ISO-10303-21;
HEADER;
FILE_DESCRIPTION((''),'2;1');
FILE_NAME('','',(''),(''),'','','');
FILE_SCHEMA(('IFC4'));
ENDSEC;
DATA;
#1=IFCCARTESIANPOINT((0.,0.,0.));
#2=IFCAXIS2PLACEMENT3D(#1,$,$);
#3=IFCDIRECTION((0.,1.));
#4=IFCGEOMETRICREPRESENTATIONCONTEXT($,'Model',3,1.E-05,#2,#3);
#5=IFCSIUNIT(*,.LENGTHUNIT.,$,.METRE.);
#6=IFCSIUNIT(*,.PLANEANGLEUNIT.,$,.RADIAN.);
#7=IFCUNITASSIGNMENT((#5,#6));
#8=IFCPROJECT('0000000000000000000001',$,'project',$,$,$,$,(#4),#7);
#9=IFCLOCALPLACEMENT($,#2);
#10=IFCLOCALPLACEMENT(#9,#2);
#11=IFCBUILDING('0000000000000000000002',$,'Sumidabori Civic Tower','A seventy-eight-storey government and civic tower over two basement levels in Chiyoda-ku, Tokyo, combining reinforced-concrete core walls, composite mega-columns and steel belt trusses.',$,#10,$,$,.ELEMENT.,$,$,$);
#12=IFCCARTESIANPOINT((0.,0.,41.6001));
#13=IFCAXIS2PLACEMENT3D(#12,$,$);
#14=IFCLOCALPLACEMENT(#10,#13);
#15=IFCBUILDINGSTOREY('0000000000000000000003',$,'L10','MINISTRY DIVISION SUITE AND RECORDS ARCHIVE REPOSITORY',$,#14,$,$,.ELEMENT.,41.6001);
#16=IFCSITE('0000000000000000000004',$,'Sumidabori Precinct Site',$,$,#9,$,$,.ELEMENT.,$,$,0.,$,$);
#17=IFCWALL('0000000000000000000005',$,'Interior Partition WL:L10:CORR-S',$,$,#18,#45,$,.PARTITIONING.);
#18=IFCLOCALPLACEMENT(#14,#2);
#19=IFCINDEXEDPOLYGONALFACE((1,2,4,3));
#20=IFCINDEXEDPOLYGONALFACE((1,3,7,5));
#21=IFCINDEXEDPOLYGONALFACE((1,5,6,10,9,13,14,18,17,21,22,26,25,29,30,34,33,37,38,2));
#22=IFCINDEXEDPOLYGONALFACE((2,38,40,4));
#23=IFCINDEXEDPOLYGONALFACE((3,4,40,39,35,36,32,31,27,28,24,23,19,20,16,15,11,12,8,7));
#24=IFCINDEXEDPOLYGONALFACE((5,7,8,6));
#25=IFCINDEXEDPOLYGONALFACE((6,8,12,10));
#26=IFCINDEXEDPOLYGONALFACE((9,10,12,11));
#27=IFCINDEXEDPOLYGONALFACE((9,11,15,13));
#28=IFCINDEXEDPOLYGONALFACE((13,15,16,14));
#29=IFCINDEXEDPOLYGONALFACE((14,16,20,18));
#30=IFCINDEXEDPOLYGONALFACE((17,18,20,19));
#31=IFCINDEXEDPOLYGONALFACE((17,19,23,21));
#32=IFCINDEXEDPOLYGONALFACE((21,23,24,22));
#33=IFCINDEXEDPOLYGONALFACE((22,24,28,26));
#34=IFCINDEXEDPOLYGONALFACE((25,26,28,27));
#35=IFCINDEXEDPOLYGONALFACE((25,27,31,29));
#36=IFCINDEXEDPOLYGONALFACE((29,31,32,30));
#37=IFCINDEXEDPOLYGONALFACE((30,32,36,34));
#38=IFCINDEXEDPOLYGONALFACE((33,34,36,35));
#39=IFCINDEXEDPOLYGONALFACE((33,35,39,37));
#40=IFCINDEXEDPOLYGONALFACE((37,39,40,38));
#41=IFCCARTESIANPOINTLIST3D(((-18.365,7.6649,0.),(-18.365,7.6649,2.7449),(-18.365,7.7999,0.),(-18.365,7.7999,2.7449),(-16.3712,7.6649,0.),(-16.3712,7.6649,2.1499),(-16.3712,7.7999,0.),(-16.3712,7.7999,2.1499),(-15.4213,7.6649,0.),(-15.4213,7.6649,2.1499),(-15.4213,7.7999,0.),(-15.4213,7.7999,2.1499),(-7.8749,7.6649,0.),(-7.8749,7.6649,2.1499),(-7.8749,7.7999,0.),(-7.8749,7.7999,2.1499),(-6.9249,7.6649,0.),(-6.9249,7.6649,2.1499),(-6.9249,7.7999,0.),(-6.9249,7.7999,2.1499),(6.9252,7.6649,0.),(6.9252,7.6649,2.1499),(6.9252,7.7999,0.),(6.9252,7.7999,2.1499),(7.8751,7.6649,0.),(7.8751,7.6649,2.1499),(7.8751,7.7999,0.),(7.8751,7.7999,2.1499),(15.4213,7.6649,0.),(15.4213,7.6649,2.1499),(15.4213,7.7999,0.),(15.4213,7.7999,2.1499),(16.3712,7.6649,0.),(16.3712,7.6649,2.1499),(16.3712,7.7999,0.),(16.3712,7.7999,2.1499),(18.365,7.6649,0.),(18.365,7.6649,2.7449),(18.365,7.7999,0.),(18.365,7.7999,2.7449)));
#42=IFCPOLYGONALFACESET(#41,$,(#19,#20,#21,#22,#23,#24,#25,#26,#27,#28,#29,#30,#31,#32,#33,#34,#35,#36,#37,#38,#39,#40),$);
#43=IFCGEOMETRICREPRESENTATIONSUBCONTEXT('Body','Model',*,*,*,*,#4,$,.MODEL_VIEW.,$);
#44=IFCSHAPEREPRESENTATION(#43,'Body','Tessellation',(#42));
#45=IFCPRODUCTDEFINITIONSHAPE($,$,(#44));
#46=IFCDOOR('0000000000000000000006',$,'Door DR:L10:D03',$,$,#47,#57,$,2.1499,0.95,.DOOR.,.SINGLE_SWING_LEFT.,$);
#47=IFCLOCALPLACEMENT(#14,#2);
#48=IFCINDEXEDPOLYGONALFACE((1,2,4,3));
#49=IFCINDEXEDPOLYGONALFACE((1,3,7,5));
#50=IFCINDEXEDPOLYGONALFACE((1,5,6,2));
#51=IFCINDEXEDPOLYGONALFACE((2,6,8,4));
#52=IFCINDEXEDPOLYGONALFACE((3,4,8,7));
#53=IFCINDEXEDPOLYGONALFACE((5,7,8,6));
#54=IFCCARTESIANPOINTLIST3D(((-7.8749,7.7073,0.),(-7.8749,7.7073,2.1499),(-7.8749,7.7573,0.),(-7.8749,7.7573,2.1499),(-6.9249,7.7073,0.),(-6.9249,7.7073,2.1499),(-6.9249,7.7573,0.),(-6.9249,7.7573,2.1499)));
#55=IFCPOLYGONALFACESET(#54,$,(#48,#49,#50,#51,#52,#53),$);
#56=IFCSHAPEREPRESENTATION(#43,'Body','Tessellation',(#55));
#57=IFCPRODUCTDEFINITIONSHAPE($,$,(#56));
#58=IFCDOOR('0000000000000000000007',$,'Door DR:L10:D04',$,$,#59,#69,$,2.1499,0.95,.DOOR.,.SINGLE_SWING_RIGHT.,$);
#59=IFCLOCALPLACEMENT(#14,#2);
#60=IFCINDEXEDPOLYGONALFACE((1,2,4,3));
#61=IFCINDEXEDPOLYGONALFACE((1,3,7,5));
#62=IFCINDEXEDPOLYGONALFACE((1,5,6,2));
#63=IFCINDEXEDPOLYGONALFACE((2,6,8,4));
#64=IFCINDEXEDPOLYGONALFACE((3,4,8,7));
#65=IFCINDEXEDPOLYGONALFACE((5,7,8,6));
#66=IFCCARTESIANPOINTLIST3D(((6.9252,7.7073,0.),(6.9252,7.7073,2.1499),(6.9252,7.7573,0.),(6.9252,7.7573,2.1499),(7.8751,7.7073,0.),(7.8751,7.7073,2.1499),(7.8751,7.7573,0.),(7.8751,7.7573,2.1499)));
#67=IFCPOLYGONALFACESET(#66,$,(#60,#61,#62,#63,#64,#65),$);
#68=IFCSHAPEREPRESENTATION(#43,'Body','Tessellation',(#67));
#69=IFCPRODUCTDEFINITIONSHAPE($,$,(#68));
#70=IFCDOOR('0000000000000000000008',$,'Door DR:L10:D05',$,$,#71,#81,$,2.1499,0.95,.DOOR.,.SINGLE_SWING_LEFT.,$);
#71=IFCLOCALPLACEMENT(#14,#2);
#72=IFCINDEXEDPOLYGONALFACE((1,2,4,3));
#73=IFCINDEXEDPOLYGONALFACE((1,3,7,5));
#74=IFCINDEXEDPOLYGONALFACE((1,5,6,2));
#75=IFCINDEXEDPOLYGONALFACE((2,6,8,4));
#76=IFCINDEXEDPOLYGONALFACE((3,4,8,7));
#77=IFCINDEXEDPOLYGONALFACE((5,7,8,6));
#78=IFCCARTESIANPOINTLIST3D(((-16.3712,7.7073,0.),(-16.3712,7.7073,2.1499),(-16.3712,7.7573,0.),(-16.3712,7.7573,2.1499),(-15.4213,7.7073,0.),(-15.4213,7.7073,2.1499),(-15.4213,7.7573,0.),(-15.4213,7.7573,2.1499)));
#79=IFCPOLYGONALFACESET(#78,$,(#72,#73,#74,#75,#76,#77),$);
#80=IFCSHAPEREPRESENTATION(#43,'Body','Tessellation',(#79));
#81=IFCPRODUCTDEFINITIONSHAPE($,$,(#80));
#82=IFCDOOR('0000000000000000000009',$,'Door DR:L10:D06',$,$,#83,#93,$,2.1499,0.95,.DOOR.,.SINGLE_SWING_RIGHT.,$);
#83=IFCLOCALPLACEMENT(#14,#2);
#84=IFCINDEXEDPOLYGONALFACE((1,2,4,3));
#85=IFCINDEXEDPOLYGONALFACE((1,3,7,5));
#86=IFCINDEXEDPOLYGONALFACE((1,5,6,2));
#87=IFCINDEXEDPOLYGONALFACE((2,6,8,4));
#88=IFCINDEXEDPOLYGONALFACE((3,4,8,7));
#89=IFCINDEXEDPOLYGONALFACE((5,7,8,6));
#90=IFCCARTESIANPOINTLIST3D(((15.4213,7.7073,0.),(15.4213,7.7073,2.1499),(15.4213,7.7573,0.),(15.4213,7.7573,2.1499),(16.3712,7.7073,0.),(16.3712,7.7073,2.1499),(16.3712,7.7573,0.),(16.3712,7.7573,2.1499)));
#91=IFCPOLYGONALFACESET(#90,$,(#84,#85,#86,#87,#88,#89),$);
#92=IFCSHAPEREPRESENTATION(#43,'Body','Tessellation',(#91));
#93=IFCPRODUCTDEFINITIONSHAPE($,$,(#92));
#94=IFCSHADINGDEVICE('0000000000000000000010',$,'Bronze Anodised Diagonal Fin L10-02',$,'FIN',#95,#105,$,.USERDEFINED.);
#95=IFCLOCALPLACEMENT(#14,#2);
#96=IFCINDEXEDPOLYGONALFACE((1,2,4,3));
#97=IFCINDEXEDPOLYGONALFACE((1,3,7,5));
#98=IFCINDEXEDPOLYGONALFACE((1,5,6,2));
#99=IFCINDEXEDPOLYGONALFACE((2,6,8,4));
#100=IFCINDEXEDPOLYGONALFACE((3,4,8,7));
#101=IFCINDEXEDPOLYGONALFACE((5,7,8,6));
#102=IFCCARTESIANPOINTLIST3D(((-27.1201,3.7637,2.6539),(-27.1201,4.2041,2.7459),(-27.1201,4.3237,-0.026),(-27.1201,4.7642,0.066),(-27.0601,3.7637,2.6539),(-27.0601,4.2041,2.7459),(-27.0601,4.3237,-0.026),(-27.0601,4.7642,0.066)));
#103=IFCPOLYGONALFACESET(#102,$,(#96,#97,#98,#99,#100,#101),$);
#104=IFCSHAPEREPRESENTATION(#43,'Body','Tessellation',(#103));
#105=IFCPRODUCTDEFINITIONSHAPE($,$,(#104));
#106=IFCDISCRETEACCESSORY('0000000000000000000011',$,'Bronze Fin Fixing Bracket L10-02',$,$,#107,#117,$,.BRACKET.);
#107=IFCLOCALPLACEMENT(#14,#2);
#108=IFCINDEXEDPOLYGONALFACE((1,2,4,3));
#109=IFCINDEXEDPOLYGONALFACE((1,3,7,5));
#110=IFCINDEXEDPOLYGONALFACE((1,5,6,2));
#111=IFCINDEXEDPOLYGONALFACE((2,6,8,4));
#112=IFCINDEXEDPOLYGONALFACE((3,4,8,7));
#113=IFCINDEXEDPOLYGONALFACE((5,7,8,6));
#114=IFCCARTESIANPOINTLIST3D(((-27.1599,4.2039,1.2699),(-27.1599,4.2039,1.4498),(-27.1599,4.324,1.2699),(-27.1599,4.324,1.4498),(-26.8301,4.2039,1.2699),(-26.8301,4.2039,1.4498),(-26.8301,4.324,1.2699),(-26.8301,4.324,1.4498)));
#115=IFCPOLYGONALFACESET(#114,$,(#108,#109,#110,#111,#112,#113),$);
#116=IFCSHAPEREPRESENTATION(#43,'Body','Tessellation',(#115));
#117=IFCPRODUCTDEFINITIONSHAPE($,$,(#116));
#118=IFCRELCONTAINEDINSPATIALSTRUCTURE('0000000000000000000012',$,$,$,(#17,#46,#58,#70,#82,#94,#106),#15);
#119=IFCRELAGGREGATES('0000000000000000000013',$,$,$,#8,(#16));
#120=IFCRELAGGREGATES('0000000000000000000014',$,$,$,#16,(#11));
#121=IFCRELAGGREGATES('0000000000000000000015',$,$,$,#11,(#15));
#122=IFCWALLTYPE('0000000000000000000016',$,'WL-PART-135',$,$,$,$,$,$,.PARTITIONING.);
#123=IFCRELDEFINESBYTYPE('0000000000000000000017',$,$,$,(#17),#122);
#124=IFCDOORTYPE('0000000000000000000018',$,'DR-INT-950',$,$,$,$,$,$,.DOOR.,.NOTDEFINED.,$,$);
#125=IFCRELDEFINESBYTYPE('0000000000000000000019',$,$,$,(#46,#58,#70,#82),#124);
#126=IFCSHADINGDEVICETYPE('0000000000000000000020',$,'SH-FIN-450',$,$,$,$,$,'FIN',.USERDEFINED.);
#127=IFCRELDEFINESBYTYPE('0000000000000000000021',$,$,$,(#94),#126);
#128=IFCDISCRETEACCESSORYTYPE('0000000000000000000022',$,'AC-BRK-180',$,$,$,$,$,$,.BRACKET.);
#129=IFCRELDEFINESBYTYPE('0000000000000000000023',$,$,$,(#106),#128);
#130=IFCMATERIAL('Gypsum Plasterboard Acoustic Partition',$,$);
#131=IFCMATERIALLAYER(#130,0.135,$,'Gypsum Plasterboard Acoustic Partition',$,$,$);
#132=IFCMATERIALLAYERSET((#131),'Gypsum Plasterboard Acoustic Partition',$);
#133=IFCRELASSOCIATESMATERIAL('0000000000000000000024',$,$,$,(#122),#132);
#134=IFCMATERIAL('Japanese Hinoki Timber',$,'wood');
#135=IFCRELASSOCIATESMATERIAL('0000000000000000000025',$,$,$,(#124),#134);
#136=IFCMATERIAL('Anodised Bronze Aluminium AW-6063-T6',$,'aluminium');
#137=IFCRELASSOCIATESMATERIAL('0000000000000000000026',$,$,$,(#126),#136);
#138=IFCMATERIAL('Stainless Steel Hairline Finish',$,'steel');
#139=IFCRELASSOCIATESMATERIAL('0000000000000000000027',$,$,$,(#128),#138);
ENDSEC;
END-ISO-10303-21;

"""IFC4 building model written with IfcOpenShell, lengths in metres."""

from ifc_helpers import new_model, si_unit, direction, frame, frame_2d, origin, origin_2d, place, context, subcontext, project, spatial, rectangle, extrude, source, transform, mapped, material, layer, layer_set, material_profile, profile_set, type_object, element, fill, save


model = new_model("IFC4")

# Units and contexts
model_context = context("Model", 3, precision=1e-05, world=origin(), true_north=direction((0.0, 1.0)))
body_context = subcontext(model_context, "Body", "Model", "MODEL_VIEW")
ifc_project = project(units=[si_unit("LENGTHUNIT", "METRE"), si_unit("PLANEANGLEUNIT", "RADIAN")], contexts=[model_context])

# Site, building, storey
site_placement = place(None, origin())
site = spatial("IfcSite", under=ifc_project, at=site_placement, Name="Sumidabori Precinct Site", CompositionType="ELEMENT", RefElevation=0.0)
building_placement = place(site_placement, origin())
building = spatial("IfcBuilding", under=site, at=building_placement, Name="Sumidabori Civic Tower", Description="A seventy-eight-storey government and civic tower over two basement levels in Chiyoda-ku, Tokyo, combining reinforced-concrete core walls, composite mega-columns and steel belt trusses.", CompositionType="ELEMENT")
storey_placement = place(building_placement, frame((0.0, 0.0, 41.6001)))
storey = spatial("IfcBuildingStorey", under=building, at=storey_placement, Name="L10", Description="MINISTRY DIVISION SUITE AND RECORDS ARCHIVE REPOSITORY", CompositionType="ELEMENT", Elevation=41.6001)

# Shared definitions
ifc_material_1 = material(Name="Anodised Bronze Aluminium AW-6063-T6", Category="aluminium")

# Shared definitions
ifc_material_2 = material(Name="Gypsum Plasterboard Acoustic Partition")
ifc_layer_1 = layer(ifc_material_2, 0.135, Name="Gypsum Plasterboard Acoustic Partition")
ifc_layer_set_1 = layer_set([ifc_layer_1], Name="Gypsum Plasterboard Acoustic Partition")
wall_type = type_object("IfcWallType", Name="WL-PART-135", PredefinedType="PARTITIONING", material=ifc_layer_set_1)
ifc_material_3 = material(Name="Japanese Hinoki Timber", Category="wood")
door_type = type_object("IfcDoorType", Name="DR-INT-950", OperationType="NOTDEFINED", PredefinedType="DOOR", material=ifc_material_3)
shared_shape_1 = source(origin(), body_context, "Body", "SweptSolid", [
    extrude(rectangle(XDim=0.95, YDim=2.1499, at=frame_2d((0.4751, 1.075))), frame((0.0, 0.0249, 0.0), z_axis=(0.0, -1.0, 0.0), x_axis=(1.0, 0.0, 0.0)), (0.0, 0.0, 1.0), 0.05),
])

# Wall, openings, doors
shared_shape_2 = source(origin(), body_context, "Body", "SweptSolid", [
    extrude(rectangle(XDim=36.73, YDim=0.135, at=frame_2d((18.365, 0.0))), origin(), (0.0, 0.0, 1.0), 2.7449),
])
wall_1_placement = place(storey_placement, frame((-18.365, 7.7324, 0.0), z_axis=(0.0, 0.0, 1.0), x_axis=(1.0, 0.0, 0.0)))
wall_1 = element("IfcWall", 1, at=wall_1_placement, inside=storey, type_object=wall_type, Name="Interior Partition WL:L10:CORR-S", PredefinedType="PARTITIONING", context=body_context, shape_type="MappedRepresentation", body=[
    mapped(shared_shape_2, transform((0.0, 0.0, 0.0), x_axis=(1.0, 0.0, 0.0), y_axis=(0.0, 1.0, 0.0), z_axis=(0.0, 0.0, 1.0), scale=1.0)),
])
opening_1_placement = place(wall_1_placement, frame((10.49, 0.0, 0.0)))
opening_1 = element("IfcOpeningElement", 2, at=opening_1_placement, cuts=wall_1, PredefinedType="OPENING", context=body_context, shape_type="SweptSolid", body=[
    extrude(rectangle(XDim=0.95, YDim=2.1499, at=frame_2d((0.4751, 1.075))), frame((0.0, 0.0796, 0.0), z_axis=(0.0, -1.0, 0.0), x_axis=(1.0, 0.0, 0.0)), (0.0, 0.0, 1.0), 0.1589),
])
opening_2_placement = place(wall_1_placement, frame((25.29, 0.0, 0.0)))
opening_2 = element("IfcOpeningElement", 3, at=opening_2_placement, cuts=wall_1, PredefinedType="OPENING", context=body_context, shape_type="SweptSolid", body=[
    extrude(rectangle(XDim=0.95, YDim=2.1499, at=frame_2d((0.4751, 1.075))), frame((0.0, 0.0796, 0.0), z_axis=(0.0, -1.0, 0.0), x_axis=(1.0, 0.0, 0.0)), (0.0, 0.0, 1.0), 0.1589),
])
opening_3_placement = place(wall_1_placement, frame((1.9937, 0.0, 0.0)))
opening_3 = element("IfcOpeningElement", 4, at=opening_3_placement, cuts=wall_1, PredefinedType="OPENING", context=body_context, shape_type="SweptSolid", body=[
    extrude(rectangle(XDim=0.95, YDim=2.1499, at=frame_2d((0.4751, 1.075))), frame((0.0, 0.0796, 0.0), z_axis=(0.0, -1.0, 0.0), x_axis=(1.0, 0.0, 0.0)), (0.0, 0.0, 1.0), 0.1589),
])
opening_4_placement = place(wall_1_placement, frame((33.7861, 0.0, 0.0)))
opening_4 = element("IfcOpeningElement", 5, at=opening_4_placement, cuts=wall_1, PredefinedType="OPENING", context=body_context, shape_type="SweptSolid", body=[
    extrude(rectangle(XDim=0.95, YDim=2.1499, at=frame_2d((0.4751, 1.075))), frame((0.0, 0.0796, 0.0), z_axis=(0.0, -1.0, 0.0), x_axis=(1.0, 0.0, 0.0)), (0.0, 0.0, 1.0), 0.1589),
])
door_1_placement = place(opening_1_placement, origin())
door_1 = element("IfcDoor", 6, at=door_1_placement, inside=storey, type_object=door_type, Name="Door DR:L10:D03", OperationType="SINGLE_SWING_LEFT", OverallHeight=2.1499, OverallWidth=0.95, PredefinedType="DOOR", context=body_context, shape_type="MappedRepresentation", body=[
    mapped(shared_shape_1, transform((0.0, 0.0, 0.0), x_axis=(1.0, 0.0, 0.0), y_axis=(0.0, 1.0, 0.0), z_axis=(0.0, 0.0, 1.0), scale=1.0)),
])
fill(opening_1, door_1)
door_2_placement = place(opening_2_placement, origin())
door_2 = element("IfcDoor", 7, at=door_2_placement, inside=storey, type_object=door_type, Name="Door DR:L10:D04", OperationType="SINGLE_SWING_RIGHT", OverallHeight=2.1499, OverallWidth=0.95, PredefinedType="DOOR", context=body_context, shape_type="MappedRepresentation", body=[
    mapped(shared_shape_1, transform((0.0, 0.0, 0.0), x_axis=(1.0, 0.0, 0.0), y_axis=(0.0, 1.0, 0.0), z_axis=(0.0, 0.0, 1.0), scale=1.0)),
])
fill(opening_2, door_2)
door_3_placement = place(opening_3_placement, origin())
door_3 = element("IfcDoor", 8, at=door_3_placement, inside=storey, type_object=door_type, Name="Door DR:L10:D05", OperationType="SINGLE_SWING_LEFT", OverallHeight=2.1499, OverallWidth=0.95, PredefinedType="DOOR", context=body_context, shape_type="MappedRepresentation", body=[
    mapped(shared_shape_1, transform((0.0, 0.0, 0.0), x_axis=(1.0, 0.0, 0.0), y_axis=(0.0, 1.0, 0.0), z_axis=(0.0, 0.0, 1.0), scale=1.0)),
])
fill(opening_3, door_3)
door_4_placement = place(opening_4_placement, origin())
door_4 = element("IfcDoor", 9, at=door_4_placement, inside=storey, type_object=door_type, Name="Door DR:L10:D06", OperationType="SINGLE_SWING_RIGHT", OverallHeight=2.1499, OverallWidth=0.95, PredefinedType="DOOR", context=body_context, shape_type="MappedRepresentation", body=[
    mapped(shared_shape_1, transform((0.0, 0.0, 0.0), x_axis=(1.0, 0.0, 0.0), y_axis=(0.0, 1.0, 0.0), z_axis=(0.0, 0.0, 1.0), scale=1.0)),
])
fill(opening_4, door_4)

# Shading device
ifc_material_profile_1 = material_profile(ifc_material_1, rectangle(XDim=0.0601, YDim=0.45, at=origin_2d()), Name="BRONZE FIN 450x60")
ifc_profile_set_1 = profile_set([ifc_material_profile_1], Name="Anodised Bronze Aluminium AW-6063-T6")
shading_device_type = type_object("IfcShadingDeviceType", Name="SH-FIN-450", ElementType="FIN", PredefinedType="USERDEFINED", material=ifc_profile_set_1)
shared_shape_3 = source(origin(), body_context, "Body", "SweptSolid", [
    extrude(rectangle(XDim=0.0601, YDim=0.45, at=origin_2d()), origin(), (0.0, 0.0, 1.0), 2.7378),
])
shading_device_placement = place(storey_placement, frame((-27.0901, 4.5439, 0.02), z_axis=(0.0, -0.204563, 0.978853), x_axis=(-1.0, 0.0, 0.0)))
element("IfcShadingDevice", 10, at=shading_device_placement, inside=storey, type_object=shading_device_type, Name="Bronze Anodised Diagonal Fin L10-02", ObjectType="FIN", PredefinedType="USERDEFINED", context=body_context, shape_type="MappedRepresentation", body=[
    mapped(shared_shape_3, transform((0.0, 0.0, 0.0), x_axis=(1.0, 0.0, 0.0), y_axis=(0.0, 1.0, 0.0), z_axis=(0.0, 0.0, 1.0), scale=1.0)),
])

# Discrete accessory
ifc_material_4 = material(Name="Stainless Steel Hairline Finish", Category="steel")
ifc_material_profile_2 = material_profile(ifc_material_4, rectangle(XDim=0.1201, YDim=0.1799, at=origin_2d()), Name="STEEL BRACKET 180x120")
ifc_profile_set_2 = profile_set([ifc_material_profile_2], Name="Stainless Steel Hairline Finish")
discrete_accessory_type = type_object("IfcDiscreteAccessoryType", Name="AC-BRK-180", PredefinedType="BRACKET", material=ifc_profile_set_2)
shared_shape_4 = source(origin(), body_context, "Body", "SweptSolid", [
    extrude(rectangle(XDim=0.1201, YDim=0.1799, at=origin_2d()), origin(), (0.0, 0.0, 1.0), 0.3298),
])
discrete_accessory_placement = place(storey_placement, frame((-26.8301, 4.2639, 1.3599), z_axis=(-1.0, 0.0, 0.0), x_axis=(0.0, -1.0, 0.0)))
element("IfcDiscreteAccessory", 11, at=discrete_accessory_placement, inside=storey, type_object=discrete_accessory_type, Name="Bronze Fin Fixing Bracket L10-02", PredefinedType="BRACKET", context=body_context, shape_type="MappedRepresentation", body=[
    mapped(shared_shape_4, transform((0.0, 0.0, 0.0), x_axis=(1.0, 0.0, 0.0), y_axis=(0.0, 1.0, 0.0), z_axis=(0.0, 0.0, 1.0), scale=1.0)),
])

save(model, "model.ifc")
